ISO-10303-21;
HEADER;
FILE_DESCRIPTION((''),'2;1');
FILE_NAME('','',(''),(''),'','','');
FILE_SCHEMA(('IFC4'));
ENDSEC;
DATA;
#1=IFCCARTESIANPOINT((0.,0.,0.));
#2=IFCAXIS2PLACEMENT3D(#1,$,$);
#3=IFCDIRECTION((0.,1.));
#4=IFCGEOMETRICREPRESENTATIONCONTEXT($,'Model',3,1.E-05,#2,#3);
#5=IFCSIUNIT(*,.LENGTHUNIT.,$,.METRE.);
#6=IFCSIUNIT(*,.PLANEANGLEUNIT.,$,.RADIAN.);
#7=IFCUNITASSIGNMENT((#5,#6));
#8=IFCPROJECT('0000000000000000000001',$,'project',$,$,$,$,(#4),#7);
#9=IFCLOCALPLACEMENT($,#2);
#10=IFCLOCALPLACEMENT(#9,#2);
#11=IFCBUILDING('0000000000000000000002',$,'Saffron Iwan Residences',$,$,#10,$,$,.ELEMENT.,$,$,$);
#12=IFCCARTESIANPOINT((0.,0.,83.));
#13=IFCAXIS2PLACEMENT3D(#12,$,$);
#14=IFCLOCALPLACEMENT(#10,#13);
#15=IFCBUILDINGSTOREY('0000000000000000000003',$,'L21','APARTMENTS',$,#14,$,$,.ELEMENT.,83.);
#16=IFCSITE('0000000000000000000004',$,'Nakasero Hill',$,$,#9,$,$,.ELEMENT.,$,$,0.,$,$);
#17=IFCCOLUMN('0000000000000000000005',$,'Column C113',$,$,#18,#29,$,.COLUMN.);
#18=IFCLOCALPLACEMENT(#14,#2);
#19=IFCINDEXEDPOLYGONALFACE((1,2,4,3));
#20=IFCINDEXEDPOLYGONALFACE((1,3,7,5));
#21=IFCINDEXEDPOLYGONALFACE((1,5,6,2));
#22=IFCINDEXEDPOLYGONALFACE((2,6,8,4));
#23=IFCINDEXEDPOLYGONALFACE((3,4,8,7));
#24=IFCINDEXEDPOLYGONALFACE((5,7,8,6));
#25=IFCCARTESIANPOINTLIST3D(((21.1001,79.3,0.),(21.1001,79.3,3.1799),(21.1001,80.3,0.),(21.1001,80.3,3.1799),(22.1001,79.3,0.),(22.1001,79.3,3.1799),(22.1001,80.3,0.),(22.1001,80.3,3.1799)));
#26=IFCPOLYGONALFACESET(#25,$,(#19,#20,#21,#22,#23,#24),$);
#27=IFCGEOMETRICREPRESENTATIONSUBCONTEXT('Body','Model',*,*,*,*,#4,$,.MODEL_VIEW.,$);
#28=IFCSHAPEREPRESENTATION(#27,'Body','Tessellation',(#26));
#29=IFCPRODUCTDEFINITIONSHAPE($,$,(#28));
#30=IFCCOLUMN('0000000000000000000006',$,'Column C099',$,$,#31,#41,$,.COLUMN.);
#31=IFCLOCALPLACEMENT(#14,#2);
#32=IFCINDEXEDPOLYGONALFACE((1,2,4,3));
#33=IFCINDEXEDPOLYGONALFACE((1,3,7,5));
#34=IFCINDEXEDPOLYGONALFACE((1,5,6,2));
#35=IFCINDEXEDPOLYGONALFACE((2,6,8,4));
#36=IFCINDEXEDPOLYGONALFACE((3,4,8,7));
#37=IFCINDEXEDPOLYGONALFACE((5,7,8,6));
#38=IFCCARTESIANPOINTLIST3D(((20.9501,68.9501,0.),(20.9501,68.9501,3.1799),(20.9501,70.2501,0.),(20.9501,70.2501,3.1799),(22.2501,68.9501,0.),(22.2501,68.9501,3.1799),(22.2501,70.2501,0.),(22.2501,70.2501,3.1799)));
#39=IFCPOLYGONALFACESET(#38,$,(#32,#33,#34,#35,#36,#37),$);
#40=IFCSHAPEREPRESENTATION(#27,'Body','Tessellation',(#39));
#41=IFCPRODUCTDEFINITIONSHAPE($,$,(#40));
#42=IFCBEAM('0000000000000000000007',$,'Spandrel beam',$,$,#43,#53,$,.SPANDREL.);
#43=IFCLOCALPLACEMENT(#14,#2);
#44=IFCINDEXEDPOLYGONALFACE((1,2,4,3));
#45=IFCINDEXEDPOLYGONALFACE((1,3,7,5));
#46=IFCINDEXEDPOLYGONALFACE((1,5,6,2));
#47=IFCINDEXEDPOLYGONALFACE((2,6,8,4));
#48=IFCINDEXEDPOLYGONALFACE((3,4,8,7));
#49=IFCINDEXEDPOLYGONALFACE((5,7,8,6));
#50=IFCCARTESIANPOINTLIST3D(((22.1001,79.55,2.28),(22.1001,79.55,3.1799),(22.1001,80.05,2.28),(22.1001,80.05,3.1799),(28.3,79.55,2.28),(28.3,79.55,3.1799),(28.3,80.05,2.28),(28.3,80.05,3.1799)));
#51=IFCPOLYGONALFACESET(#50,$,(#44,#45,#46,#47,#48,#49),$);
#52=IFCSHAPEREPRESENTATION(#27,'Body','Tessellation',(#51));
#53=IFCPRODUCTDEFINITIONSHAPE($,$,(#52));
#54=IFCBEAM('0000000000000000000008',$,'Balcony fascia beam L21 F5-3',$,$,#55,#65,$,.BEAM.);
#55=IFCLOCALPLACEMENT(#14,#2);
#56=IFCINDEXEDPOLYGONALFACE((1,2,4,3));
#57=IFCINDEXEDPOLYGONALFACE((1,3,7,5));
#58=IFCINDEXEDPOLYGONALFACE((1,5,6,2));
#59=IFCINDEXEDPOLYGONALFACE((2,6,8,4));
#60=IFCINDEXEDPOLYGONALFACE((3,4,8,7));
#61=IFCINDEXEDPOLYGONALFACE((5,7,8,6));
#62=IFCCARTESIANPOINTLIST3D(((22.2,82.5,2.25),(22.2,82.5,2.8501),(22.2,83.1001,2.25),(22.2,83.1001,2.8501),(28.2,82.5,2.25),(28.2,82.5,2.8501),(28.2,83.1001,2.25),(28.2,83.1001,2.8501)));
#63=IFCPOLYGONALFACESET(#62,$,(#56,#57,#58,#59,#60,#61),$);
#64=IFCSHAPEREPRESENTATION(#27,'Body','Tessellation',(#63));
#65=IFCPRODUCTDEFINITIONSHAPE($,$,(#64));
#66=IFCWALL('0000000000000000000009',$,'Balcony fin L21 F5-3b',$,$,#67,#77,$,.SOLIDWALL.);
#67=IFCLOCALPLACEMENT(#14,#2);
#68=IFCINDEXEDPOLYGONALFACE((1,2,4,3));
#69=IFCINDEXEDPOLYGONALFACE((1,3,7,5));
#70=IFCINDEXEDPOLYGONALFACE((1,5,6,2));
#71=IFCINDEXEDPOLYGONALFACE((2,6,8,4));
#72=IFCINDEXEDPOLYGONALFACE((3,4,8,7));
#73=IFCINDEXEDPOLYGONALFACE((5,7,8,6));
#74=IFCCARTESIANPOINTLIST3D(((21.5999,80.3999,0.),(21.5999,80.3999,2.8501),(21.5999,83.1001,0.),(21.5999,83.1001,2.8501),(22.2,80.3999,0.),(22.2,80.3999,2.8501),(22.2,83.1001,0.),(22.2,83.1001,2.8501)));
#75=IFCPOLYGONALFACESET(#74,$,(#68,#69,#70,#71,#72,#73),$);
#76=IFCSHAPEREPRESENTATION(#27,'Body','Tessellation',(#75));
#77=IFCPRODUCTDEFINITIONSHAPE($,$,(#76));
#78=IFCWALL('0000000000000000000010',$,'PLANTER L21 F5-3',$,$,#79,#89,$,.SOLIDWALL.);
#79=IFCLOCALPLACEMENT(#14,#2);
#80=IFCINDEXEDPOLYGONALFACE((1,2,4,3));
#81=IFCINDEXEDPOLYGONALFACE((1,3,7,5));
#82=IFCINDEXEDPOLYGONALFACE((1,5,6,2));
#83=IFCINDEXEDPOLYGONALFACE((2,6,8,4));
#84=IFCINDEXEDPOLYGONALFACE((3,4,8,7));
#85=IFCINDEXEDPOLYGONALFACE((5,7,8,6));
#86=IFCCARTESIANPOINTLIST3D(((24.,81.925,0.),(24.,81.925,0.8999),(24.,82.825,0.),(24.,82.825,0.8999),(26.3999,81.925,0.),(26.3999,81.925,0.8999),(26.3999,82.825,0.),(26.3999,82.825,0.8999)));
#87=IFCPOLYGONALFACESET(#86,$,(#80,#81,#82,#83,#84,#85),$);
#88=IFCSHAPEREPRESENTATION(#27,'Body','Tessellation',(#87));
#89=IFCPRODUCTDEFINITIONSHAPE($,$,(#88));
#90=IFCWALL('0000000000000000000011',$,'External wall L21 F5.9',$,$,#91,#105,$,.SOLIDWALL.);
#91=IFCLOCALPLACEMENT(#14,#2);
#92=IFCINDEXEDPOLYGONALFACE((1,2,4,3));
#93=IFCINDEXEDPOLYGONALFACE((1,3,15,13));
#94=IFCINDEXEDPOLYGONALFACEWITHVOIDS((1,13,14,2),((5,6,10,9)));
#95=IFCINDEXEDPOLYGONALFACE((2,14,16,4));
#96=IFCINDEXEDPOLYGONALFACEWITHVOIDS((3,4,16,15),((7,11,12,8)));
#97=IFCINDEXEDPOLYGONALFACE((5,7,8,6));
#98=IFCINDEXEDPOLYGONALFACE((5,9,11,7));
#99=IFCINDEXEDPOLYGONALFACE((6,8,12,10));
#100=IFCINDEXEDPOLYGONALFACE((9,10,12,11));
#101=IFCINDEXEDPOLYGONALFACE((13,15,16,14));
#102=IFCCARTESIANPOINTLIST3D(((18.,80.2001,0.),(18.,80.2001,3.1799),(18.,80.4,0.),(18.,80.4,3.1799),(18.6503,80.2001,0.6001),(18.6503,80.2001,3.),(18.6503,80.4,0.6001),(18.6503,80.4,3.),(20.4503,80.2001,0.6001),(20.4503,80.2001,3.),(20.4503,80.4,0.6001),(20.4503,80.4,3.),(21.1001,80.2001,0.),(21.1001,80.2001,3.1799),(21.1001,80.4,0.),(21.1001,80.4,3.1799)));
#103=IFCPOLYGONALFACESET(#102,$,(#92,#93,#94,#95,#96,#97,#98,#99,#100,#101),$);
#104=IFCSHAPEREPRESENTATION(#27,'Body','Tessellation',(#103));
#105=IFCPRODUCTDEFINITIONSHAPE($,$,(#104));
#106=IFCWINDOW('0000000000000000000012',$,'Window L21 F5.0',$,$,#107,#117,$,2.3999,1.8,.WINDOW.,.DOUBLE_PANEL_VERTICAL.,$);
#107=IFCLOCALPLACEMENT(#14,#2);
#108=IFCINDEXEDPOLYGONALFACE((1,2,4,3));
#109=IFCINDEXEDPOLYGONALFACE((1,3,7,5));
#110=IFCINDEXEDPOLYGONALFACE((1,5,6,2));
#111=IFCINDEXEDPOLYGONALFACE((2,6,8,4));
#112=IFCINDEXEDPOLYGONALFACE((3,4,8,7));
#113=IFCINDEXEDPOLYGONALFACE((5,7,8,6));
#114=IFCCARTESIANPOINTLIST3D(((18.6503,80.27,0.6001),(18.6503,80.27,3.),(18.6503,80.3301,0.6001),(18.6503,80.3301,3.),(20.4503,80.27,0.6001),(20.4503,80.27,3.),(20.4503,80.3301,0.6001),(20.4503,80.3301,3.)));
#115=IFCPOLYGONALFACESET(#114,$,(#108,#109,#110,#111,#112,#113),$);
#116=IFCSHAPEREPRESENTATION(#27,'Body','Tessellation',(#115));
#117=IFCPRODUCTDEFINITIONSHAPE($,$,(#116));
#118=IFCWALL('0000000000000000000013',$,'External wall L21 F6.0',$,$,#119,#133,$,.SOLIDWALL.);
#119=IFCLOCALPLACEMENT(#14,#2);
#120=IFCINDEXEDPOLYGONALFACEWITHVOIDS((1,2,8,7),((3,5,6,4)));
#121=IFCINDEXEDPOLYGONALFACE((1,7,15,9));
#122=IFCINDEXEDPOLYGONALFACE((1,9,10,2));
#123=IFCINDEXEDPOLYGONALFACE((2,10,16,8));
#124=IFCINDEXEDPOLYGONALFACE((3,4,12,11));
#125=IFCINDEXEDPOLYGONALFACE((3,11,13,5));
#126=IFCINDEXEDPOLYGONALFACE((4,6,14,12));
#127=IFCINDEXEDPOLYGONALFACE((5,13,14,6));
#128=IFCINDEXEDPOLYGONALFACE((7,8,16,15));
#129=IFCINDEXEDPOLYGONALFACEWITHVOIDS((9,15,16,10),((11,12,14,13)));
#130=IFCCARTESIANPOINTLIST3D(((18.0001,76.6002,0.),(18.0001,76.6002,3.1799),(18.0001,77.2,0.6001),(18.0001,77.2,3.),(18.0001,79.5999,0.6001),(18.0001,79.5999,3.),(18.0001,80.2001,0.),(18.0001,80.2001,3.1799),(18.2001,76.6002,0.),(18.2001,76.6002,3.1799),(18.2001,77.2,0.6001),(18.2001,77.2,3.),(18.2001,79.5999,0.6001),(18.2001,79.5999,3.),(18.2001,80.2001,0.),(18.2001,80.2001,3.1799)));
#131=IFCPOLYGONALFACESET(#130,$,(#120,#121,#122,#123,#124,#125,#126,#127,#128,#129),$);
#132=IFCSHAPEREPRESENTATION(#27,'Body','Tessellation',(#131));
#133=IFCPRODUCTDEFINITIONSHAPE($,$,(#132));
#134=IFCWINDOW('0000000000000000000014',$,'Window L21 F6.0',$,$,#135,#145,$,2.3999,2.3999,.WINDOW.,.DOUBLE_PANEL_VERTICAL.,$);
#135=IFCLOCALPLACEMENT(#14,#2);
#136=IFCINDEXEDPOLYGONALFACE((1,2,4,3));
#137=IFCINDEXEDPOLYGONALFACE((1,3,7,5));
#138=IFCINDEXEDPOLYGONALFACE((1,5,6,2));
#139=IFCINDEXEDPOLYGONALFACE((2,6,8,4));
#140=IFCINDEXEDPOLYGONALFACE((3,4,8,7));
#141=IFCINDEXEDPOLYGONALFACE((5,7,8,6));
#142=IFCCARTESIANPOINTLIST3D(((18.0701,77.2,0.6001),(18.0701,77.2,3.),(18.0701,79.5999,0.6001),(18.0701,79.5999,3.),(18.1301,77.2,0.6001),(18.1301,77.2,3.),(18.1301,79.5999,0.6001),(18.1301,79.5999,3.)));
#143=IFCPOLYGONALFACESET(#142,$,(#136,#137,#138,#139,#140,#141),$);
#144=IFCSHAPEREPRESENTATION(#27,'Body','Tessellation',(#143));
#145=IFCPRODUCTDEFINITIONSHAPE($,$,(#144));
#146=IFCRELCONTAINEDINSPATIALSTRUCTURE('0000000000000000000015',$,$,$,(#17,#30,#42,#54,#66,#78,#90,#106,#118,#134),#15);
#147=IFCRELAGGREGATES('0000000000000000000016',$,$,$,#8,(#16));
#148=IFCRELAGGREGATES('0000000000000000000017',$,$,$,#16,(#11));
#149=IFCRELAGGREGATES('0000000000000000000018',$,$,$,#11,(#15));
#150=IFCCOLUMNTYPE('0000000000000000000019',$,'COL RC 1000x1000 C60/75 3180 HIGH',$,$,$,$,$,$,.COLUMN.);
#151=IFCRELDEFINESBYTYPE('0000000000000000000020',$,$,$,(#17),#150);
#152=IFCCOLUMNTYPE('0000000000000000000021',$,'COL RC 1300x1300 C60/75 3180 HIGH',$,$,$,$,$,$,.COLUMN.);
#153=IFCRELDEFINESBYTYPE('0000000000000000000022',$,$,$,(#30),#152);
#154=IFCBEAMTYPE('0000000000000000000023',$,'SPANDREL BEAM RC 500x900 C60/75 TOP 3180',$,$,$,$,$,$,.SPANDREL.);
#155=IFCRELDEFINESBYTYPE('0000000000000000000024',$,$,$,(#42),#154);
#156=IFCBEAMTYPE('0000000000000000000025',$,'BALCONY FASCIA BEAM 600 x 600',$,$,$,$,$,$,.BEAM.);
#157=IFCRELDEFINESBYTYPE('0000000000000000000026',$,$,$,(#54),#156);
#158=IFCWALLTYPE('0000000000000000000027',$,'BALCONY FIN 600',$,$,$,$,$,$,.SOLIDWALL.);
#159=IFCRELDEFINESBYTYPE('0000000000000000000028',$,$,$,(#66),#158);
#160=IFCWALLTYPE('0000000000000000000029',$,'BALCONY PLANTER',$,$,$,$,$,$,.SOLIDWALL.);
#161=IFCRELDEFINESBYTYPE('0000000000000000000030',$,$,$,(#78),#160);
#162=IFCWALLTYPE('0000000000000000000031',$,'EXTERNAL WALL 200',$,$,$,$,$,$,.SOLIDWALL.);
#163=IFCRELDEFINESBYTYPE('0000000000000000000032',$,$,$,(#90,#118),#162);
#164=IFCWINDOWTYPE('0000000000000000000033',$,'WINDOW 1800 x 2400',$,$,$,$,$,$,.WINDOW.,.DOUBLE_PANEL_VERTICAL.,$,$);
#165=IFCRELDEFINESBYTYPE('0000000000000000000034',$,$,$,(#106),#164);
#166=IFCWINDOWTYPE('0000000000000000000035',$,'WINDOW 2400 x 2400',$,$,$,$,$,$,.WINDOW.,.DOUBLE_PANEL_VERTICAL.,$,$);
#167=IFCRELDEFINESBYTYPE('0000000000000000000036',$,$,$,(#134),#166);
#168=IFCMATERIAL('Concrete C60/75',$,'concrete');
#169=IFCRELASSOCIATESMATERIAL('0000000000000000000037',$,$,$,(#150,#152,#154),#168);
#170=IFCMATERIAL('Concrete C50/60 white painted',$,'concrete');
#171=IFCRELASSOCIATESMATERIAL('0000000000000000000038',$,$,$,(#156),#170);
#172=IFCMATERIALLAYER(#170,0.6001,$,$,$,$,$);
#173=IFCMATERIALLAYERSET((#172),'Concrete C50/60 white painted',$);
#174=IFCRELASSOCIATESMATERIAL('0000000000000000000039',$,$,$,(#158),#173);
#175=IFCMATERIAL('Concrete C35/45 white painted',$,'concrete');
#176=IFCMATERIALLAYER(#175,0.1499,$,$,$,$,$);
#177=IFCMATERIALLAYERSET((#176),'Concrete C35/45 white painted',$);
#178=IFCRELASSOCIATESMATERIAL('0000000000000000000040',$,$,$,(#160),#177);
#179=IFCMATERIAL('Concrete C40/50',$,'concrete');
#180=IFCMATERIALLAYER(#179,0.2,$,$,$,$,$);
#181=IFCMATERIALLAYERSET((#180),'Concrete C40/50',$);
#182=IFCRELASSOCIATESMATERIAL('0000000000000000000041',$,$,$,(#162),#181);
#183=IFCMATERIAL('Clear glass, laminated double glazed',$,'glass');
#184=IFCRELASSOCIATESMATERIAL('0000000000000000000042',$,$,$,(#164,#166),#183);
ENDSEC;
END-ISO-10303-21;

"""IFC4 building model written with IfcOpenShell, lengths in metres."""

from ifc_helpers import new_model, si_unit, direction, frame, frame_2d, origin, origin_2d, place, context, subcontext, project, spatial, rectangle, extrude, source, transform, mapped, material, layer, layer_set, material_profile, profile_set, type_object, element, fill, save


model = new_model("IFC4")

# Units and contexts
model_context = context("Model", 3, precision=1e-05, world=origin(), true_north=direction((0.0, 1.0)))
body_context = subcontext(model_context, "Body", "Model", "MODEL_VIEW")
ifc_project = project(units=[si_unit("LENGTHUNIT", "METRE"), si_unit("PLANEANGLEUNIT", "RADIAN")], contexts=[model_context])

# Site, building, storey
site_placement = place(None, origin())
site = spatial("IfcSite", under=ifc_project, at=site_placement, Name="Nakasero Hill", CompositionType="ELEMENT", RefElevation=0.0)
building_placement = place(site_placement, origin())
building = spatial("IfcBuilding", under=site, at=building_placement, Name="Saffron Iwan Residences", CompositionType="ELEMENT")
storey_placement = place(building_placement, frame((0.0, 0.0, 83.0)))
storey = spatial("IfcBuildingStorey", under=building, at=storey_placement, Name="L21", Description="APARTMENTS", CompositionType="ELEMENT", Elevation=83.0)

# Columns
ifc_material_1 = material(Name="Concrete C60/75", Category="concrete")
ifc_material_profile_1 = material_profile(ifc_material_1, rectangle(XDim=1.0, YDim=1.0, at=origin_2d()), Name="RC 1000x1000")
ifc_profile_set_1 = profile_set([ifc_material_profile_1], Name="Concrete C60/75")
column_type_1 = type_object("IfcColumnType", Name="COL RC 1000x1000 C60/75 3180 HIGH", PredefinedType="COLUMN", material=ifc_profile_set_1)
shared_shape_1 = source(origin(), body_context, "Body", "SweptSolid", [
    extrude(rectangle(XDim=1.0, YDim=1.0, at=origin_2d()), origin(), (0.0, 0.0, 1.0), 3.1799),
])
column_1_placement = place(storey_placement, frame((21.6001, 79.8, 0.0), z_axis=(0.0, 0.0, 1.0), x_axis=(1.0, 0.0, 0.0)))
element("IfcColumn", 1, at=column_1_placement, inside=storey, type_object=column_type_1, Name="Column C113", PredefinedType="COLUMN", context=body_context, shape_type="MappedRepresentation", body=[
    mapped(shared_shape_1, transform((0.0, 0.0, 0.0))),
])
ifc_material_profile_2 = material_profile(ifc_material_1, rectangle(XDim=1.3, YDim=1.3, at=origin_2d()), Name="RC 1300x1300")
ifc_profile_set_2 = profile_set([ifc_material_profile_2], Name="Concrete C60/75")
column_type_2 = type_object("IfcColumnType", Name="COL RC 1300x1300 C60/75 3180 HIGH", PredefinedType="COLUMN", material=ifc_profile_set_2)
shared_shape_2 = source(origin(), body_context, "Body", "SweptSolid", [
    extrude(rectangle(XDim=1.3, YDim=1.3, at=origin_2d()), origin(), (0.0, 0.0, 1.0), 3.1799),
])
column_2_placement = place(storey_placement, frame((21.6001, 69.6001, 0.0), z_axis=(0.0, 0.0, 1.0), x_axis=(1.0, 0.0, 0.0)))
element("IfcColumn", 2, at=column_2_placement, inside=storey, type_object=column_type_2, Name="Column C099", PredefinedType="COLUMN", context=body_context, shape_type="MappedRepresentation", body=[
    mapped(shared_shape_2, transform((0.0, 0.0, 0.0))),
])

# Beams
ifc_material_profile_3 = material_profile(ifc_material_1, rectangle(XDim=0.5, YDim=0.8999, at=origin_2d()), Name="RC 500x900")
ifc_profile_set_3 = profile_set([ifc_material_profile_3], Name="Concrete C60/75")
beam_type_1 = type_object("IfcBeamType", Name="SPANDREL BEAM RC 500x900 C60/75 TOP 3180", PredefinedType="SPANDREL", material=ifc_profile_set_3)
shared_shape_3 = source(origin(), body_context, "Body", "SweptSolid", [
    extrude(rectangle(XDim=0.5, YDim=0.8999, at=origin_2d()), origin(), (0.0, 0.0, 1.0), 6.2),
])
beam_1_placement = place(storey_placement, frame((22.1001, 79.8, 2.73), z_axis=(1.0, 0.0, 0.0), x_axis=(0.0, 1.0, 0.0)))
element("IfcBeam", 3, at=beam_1_placement, inside=storey, type_object=beam_type_1, Name="Spandrel beam", PredefinedType="SPANDREL", context=body_context, shape_type="MappedRepresentation", body=[
    mapped(shared_shape_3, transform((0.0, 0.0, 0.0))),
])
ifc_material_2 = material(Name="Concrete C50/60 white painted", Category="concrete")
ifc_material_profile_4 = material_profile(ifc_material_2, rectangle(XDim=0.6001, YDim=0.6001, at=origin_2d()), Name="BALCONY FASCIA BEAM 600 x 600")
ifc_profile_set_4 = profile_set([ifc_material_profile_4], Name="Concrete C50/60 white painted")
beam_type_2 = type_object("IfcBeamType", Name="BALCONY FASCIA BEAM 600 x 600", PredefinedType="BEAM", material=ifc_profile_set_4)
shared_shape_4 = source(origin(), body_context, "Body", "SweptSolid", [
    extrude(rectangle(XDim=0.6001, YDim=0.6001, at=origin_2d()), origin(), (0.0, 0.0, 1.0), 6.0),
])
beam_2_placement = place(storey_placement, frame((28.2, 82.8, 2.55), z_axis=(-1.0, 0.0, 0.0), x_axis=(0.0, -1.0, 0.0)))
element("IfcBeam", 4, at=beam_2_placement, inside=storey, type_object=beam_type_2, Name="Balcony fascia beam L21 F5-3", PredefinedType="BEAM", context=body_context, shape_type="MappedRepresentation", body=[
    mapped(shared_shape_4, transform((0.0, 0.0, 0.0))),
])

# Walls
ifc_layer_1 = layer(ifc_material_2, 0.6001)
ifc_layer_set_1 = layer_set([ifc_layer_1], Name="Concrete C50/60 white painted")
wall_type_1 = type_object("IfcWallType", Name="BALCONY FIN 600", PredefinedType="SOLIDWALL", material=ifc_layer_set_1)
wall_1_placement = place(storey_placement, frame((21.8999, 80.3999, 0.0), z_axis=(0.0, 0.0, 1.0), x_axis=(0.0, 1.0, 0.0)))
element("IfcWall", 5, at=wall_1_placement, inside=storey, type_object=wall_type_1, Name="Balcony fin L21 F5-3b", PredefinedType="SOLIDWALL", context=body_context, shape_type="SweptSolid", body=[
    extrude(rectangle(XDim=2.7002, YDim=0.6001, at=frame_2d((1.3501, 0.0))), origin(), (0.0, 0.0, 1.0), 2.8501),
])
ifc_material_3 = material(Name="Concrete C35/45 white painted", Category="concrete")
ifc_layer_2 = layer(ifc_material_3, 0.1499)
ifc_layer_set_2 = layer_set([ifc_layer_2], Name="Concrete C35/45 white painted")
wall_type_2 = type_object("IfcWallType", Name="BALCONY PLANTER", PredefinedType="SOLIDWALL", material=ifc_layer_set_2)
wall_2_placement = place(storey_placement, frame((26.3999, 82.375, 0.0), z_axis=(0.0, 0.0, 1.0), x_axis=(-1.0, 0.0, 0.0)))
element("IfcWall", 6, at=wall_2_placement, inside=storey, type_object=wall_type_2, Name="PLANTER L21 F5-3", PredefinedType="SOLIDWALL", context=body_context, shape_type="SweptSolid", body=[
    extrude(rectangle(XDim=2.3999, YDim=0.8999, at=frame_2d((1.2, 0.0))), origin(), (0.0, 0.0, 1.0), 0.8999),
])

# Shared definitions
ifc_material_4 = material(Name="Concrete C40/50", Category="concrete")
ifc_layer_3 = layer(ifc_material_4, 0.2)
ifc_layer_set_3 = layer_set([ifc_layer_3], Name="Concrete C40/50")
wall_type_3 = type_object("IfcWallType", Name="EXTERNAL WALL 200", PredefinedType="SOLIDWALL", material=ifc_layer_set_3)
ifc_material_5 = material(Name="Clear glass, laminated double glazed", Category="glass")

# Walls, openings, windows
wall_3_placement = place(storey_placement, frame((21.1001, 80.3, 0.0), z_axis=(0.0, 0.0, 1.0), x_axis=(-1.0, 0.0, 0.0)))
wall_3 = element("IfcWall", 7, at=wall_3_placement, inside=storey, type_object=wall_type_3, Name="External wall L21 F5.9", PredefinedType="SOLIDWALL", context=body_context, shape_type="SweptSolid", body=[
    extrude(rectangle(XDim=3.1001, YDim=0.2, at=frame_2d((1.55, 0.0))), origin(), (0.0, 0.0, 1.0), 3.1799),
])
opening_1_placement = place(wall_3_placement, frame((0.6499, 0.0, 0.6001)))
opening_1 = element("IfcOpeningElement", 8, at=opening_1_placement, cuts=wall_3, PredefinedType="OPENING", context=body_context, shape_type="SweptSolid", body=[
    extrude(rectangle(XDim=1.8, YDim=2.3999, at=frame_2d((0.8999, 1.2))), frame((0.0, 0.1099, 0.0), z_axis=(0.0, -1.0, 0.0), x_axis=(1.0, 0.0, 0.0)), (0.0, 0.0, 1.0), 0.22),
])
window_type_1 = type_object("IfcWindowType", Name="WINDOW 1800 x 2400", PartitioningType="DOUBLE_PANEL_VERTICAL", PredefinedType="WINDOW", material=ifc_material_5)
window_1_placement = place(opening_1_placement, origin())
window_1 = element("IfcWindow", 9, at=window_1_placement, inside=storey, type_object=window_type_1, Name="Window L21 F5.0", OverallHeight=2.3999, OverallWidth=1.8, PartitioningType="DOUBLE_PANEL_VERTICAL", PredefinedType="WINDOW", context=body_context, shape_type="SweptSolid", body=[
    extrude(rectangle(XDim=1.8, YDim=2.3999, at=frame_2d((0.8999, 1.2))), frame((0.0, 0.03, 0.0), z_axis=(0.0, -1.0, 0.0), x_axis=(1.0, 0.0, 0.0)), (0.0, 0.0, 1.0), 0.0601),
])
fill(opening_1, window_1)
wall_4_placement = place(storey_placement, frame((18.1001, 80.2, 0.0), z_axis=(0.0, 0.0, 1.0), x_axis=(0.0, -1.0, 0.0)))
wall_4 = element("IfcWall", 10, at=wall_4_placement, inside=storey, type_object=wall_type_3, Name="External wall L21 F6.0", PredefinedType="SOLIDWALL", context=body_context, shape_type="SweptSolid", body=[
    extrude(rectangle(XDim=3.5999, YDim=0.2, at=frame_2d((1.7998, 0.0))), origin(), (0.0, 0.0, 1.0), 3.1799),
])
opening_2_placement = place(wall_4_placement, frame((0.6001, 0.0, 0.6001)))
opening_2 = element("IfcOpeningElement", 11, at=opening_2_placement, cuts=wall_4, PredefinedType="OPENING", context=body_context, shape_type="SweptSolid", body=[
    extrude(rectangle(XDim=2.3999, YDim=2.3999, at=frame_2d((1.2, 1.2))), frame((0.0, 0.1099, 0.0), z_axis=(0.0, -1.0, 0.0), x_axis=(1.0, 0.0, 0.0)), (0.0, 0.0, 1.0), 0.22),
])
window_type_2 = type_object("IfcWindowType", Name="WINDOW 2400 x 2400", PartitioningType="DOUBLE_PANEL_VERTICAL", PredefinedType="WINDOW", material=ifc_material_5)
window_2_placement = place(opening_2_placement, origin())
window_2 = element("IfcWindow", 12, at=window_2_placement, inside=storey, type_object=window_type_2, Name="Window L21 F6.0", OverallHeight=2.3999, OverallWidth=2.3999, PartitioningType="DOUBLE_PANEL_VERTICAL", PredefinedType="WINDOW", context=body_context, shape_type="SweptSolid", body=[
    extrude(rectangle(XDim=2.3999, YDim=2.3999, at=frame_2d((1.2, 1.2))), frame((0.0, 0.03, 0.0), z_axis=(0.0, -1.0, 0.0), x_axis=(1.0, 0.0, 0.0)), (0.0, 0.0, 1.0), 0.0601),
])
fill(opening_2, window_2)

save(model, "model.ifc")
